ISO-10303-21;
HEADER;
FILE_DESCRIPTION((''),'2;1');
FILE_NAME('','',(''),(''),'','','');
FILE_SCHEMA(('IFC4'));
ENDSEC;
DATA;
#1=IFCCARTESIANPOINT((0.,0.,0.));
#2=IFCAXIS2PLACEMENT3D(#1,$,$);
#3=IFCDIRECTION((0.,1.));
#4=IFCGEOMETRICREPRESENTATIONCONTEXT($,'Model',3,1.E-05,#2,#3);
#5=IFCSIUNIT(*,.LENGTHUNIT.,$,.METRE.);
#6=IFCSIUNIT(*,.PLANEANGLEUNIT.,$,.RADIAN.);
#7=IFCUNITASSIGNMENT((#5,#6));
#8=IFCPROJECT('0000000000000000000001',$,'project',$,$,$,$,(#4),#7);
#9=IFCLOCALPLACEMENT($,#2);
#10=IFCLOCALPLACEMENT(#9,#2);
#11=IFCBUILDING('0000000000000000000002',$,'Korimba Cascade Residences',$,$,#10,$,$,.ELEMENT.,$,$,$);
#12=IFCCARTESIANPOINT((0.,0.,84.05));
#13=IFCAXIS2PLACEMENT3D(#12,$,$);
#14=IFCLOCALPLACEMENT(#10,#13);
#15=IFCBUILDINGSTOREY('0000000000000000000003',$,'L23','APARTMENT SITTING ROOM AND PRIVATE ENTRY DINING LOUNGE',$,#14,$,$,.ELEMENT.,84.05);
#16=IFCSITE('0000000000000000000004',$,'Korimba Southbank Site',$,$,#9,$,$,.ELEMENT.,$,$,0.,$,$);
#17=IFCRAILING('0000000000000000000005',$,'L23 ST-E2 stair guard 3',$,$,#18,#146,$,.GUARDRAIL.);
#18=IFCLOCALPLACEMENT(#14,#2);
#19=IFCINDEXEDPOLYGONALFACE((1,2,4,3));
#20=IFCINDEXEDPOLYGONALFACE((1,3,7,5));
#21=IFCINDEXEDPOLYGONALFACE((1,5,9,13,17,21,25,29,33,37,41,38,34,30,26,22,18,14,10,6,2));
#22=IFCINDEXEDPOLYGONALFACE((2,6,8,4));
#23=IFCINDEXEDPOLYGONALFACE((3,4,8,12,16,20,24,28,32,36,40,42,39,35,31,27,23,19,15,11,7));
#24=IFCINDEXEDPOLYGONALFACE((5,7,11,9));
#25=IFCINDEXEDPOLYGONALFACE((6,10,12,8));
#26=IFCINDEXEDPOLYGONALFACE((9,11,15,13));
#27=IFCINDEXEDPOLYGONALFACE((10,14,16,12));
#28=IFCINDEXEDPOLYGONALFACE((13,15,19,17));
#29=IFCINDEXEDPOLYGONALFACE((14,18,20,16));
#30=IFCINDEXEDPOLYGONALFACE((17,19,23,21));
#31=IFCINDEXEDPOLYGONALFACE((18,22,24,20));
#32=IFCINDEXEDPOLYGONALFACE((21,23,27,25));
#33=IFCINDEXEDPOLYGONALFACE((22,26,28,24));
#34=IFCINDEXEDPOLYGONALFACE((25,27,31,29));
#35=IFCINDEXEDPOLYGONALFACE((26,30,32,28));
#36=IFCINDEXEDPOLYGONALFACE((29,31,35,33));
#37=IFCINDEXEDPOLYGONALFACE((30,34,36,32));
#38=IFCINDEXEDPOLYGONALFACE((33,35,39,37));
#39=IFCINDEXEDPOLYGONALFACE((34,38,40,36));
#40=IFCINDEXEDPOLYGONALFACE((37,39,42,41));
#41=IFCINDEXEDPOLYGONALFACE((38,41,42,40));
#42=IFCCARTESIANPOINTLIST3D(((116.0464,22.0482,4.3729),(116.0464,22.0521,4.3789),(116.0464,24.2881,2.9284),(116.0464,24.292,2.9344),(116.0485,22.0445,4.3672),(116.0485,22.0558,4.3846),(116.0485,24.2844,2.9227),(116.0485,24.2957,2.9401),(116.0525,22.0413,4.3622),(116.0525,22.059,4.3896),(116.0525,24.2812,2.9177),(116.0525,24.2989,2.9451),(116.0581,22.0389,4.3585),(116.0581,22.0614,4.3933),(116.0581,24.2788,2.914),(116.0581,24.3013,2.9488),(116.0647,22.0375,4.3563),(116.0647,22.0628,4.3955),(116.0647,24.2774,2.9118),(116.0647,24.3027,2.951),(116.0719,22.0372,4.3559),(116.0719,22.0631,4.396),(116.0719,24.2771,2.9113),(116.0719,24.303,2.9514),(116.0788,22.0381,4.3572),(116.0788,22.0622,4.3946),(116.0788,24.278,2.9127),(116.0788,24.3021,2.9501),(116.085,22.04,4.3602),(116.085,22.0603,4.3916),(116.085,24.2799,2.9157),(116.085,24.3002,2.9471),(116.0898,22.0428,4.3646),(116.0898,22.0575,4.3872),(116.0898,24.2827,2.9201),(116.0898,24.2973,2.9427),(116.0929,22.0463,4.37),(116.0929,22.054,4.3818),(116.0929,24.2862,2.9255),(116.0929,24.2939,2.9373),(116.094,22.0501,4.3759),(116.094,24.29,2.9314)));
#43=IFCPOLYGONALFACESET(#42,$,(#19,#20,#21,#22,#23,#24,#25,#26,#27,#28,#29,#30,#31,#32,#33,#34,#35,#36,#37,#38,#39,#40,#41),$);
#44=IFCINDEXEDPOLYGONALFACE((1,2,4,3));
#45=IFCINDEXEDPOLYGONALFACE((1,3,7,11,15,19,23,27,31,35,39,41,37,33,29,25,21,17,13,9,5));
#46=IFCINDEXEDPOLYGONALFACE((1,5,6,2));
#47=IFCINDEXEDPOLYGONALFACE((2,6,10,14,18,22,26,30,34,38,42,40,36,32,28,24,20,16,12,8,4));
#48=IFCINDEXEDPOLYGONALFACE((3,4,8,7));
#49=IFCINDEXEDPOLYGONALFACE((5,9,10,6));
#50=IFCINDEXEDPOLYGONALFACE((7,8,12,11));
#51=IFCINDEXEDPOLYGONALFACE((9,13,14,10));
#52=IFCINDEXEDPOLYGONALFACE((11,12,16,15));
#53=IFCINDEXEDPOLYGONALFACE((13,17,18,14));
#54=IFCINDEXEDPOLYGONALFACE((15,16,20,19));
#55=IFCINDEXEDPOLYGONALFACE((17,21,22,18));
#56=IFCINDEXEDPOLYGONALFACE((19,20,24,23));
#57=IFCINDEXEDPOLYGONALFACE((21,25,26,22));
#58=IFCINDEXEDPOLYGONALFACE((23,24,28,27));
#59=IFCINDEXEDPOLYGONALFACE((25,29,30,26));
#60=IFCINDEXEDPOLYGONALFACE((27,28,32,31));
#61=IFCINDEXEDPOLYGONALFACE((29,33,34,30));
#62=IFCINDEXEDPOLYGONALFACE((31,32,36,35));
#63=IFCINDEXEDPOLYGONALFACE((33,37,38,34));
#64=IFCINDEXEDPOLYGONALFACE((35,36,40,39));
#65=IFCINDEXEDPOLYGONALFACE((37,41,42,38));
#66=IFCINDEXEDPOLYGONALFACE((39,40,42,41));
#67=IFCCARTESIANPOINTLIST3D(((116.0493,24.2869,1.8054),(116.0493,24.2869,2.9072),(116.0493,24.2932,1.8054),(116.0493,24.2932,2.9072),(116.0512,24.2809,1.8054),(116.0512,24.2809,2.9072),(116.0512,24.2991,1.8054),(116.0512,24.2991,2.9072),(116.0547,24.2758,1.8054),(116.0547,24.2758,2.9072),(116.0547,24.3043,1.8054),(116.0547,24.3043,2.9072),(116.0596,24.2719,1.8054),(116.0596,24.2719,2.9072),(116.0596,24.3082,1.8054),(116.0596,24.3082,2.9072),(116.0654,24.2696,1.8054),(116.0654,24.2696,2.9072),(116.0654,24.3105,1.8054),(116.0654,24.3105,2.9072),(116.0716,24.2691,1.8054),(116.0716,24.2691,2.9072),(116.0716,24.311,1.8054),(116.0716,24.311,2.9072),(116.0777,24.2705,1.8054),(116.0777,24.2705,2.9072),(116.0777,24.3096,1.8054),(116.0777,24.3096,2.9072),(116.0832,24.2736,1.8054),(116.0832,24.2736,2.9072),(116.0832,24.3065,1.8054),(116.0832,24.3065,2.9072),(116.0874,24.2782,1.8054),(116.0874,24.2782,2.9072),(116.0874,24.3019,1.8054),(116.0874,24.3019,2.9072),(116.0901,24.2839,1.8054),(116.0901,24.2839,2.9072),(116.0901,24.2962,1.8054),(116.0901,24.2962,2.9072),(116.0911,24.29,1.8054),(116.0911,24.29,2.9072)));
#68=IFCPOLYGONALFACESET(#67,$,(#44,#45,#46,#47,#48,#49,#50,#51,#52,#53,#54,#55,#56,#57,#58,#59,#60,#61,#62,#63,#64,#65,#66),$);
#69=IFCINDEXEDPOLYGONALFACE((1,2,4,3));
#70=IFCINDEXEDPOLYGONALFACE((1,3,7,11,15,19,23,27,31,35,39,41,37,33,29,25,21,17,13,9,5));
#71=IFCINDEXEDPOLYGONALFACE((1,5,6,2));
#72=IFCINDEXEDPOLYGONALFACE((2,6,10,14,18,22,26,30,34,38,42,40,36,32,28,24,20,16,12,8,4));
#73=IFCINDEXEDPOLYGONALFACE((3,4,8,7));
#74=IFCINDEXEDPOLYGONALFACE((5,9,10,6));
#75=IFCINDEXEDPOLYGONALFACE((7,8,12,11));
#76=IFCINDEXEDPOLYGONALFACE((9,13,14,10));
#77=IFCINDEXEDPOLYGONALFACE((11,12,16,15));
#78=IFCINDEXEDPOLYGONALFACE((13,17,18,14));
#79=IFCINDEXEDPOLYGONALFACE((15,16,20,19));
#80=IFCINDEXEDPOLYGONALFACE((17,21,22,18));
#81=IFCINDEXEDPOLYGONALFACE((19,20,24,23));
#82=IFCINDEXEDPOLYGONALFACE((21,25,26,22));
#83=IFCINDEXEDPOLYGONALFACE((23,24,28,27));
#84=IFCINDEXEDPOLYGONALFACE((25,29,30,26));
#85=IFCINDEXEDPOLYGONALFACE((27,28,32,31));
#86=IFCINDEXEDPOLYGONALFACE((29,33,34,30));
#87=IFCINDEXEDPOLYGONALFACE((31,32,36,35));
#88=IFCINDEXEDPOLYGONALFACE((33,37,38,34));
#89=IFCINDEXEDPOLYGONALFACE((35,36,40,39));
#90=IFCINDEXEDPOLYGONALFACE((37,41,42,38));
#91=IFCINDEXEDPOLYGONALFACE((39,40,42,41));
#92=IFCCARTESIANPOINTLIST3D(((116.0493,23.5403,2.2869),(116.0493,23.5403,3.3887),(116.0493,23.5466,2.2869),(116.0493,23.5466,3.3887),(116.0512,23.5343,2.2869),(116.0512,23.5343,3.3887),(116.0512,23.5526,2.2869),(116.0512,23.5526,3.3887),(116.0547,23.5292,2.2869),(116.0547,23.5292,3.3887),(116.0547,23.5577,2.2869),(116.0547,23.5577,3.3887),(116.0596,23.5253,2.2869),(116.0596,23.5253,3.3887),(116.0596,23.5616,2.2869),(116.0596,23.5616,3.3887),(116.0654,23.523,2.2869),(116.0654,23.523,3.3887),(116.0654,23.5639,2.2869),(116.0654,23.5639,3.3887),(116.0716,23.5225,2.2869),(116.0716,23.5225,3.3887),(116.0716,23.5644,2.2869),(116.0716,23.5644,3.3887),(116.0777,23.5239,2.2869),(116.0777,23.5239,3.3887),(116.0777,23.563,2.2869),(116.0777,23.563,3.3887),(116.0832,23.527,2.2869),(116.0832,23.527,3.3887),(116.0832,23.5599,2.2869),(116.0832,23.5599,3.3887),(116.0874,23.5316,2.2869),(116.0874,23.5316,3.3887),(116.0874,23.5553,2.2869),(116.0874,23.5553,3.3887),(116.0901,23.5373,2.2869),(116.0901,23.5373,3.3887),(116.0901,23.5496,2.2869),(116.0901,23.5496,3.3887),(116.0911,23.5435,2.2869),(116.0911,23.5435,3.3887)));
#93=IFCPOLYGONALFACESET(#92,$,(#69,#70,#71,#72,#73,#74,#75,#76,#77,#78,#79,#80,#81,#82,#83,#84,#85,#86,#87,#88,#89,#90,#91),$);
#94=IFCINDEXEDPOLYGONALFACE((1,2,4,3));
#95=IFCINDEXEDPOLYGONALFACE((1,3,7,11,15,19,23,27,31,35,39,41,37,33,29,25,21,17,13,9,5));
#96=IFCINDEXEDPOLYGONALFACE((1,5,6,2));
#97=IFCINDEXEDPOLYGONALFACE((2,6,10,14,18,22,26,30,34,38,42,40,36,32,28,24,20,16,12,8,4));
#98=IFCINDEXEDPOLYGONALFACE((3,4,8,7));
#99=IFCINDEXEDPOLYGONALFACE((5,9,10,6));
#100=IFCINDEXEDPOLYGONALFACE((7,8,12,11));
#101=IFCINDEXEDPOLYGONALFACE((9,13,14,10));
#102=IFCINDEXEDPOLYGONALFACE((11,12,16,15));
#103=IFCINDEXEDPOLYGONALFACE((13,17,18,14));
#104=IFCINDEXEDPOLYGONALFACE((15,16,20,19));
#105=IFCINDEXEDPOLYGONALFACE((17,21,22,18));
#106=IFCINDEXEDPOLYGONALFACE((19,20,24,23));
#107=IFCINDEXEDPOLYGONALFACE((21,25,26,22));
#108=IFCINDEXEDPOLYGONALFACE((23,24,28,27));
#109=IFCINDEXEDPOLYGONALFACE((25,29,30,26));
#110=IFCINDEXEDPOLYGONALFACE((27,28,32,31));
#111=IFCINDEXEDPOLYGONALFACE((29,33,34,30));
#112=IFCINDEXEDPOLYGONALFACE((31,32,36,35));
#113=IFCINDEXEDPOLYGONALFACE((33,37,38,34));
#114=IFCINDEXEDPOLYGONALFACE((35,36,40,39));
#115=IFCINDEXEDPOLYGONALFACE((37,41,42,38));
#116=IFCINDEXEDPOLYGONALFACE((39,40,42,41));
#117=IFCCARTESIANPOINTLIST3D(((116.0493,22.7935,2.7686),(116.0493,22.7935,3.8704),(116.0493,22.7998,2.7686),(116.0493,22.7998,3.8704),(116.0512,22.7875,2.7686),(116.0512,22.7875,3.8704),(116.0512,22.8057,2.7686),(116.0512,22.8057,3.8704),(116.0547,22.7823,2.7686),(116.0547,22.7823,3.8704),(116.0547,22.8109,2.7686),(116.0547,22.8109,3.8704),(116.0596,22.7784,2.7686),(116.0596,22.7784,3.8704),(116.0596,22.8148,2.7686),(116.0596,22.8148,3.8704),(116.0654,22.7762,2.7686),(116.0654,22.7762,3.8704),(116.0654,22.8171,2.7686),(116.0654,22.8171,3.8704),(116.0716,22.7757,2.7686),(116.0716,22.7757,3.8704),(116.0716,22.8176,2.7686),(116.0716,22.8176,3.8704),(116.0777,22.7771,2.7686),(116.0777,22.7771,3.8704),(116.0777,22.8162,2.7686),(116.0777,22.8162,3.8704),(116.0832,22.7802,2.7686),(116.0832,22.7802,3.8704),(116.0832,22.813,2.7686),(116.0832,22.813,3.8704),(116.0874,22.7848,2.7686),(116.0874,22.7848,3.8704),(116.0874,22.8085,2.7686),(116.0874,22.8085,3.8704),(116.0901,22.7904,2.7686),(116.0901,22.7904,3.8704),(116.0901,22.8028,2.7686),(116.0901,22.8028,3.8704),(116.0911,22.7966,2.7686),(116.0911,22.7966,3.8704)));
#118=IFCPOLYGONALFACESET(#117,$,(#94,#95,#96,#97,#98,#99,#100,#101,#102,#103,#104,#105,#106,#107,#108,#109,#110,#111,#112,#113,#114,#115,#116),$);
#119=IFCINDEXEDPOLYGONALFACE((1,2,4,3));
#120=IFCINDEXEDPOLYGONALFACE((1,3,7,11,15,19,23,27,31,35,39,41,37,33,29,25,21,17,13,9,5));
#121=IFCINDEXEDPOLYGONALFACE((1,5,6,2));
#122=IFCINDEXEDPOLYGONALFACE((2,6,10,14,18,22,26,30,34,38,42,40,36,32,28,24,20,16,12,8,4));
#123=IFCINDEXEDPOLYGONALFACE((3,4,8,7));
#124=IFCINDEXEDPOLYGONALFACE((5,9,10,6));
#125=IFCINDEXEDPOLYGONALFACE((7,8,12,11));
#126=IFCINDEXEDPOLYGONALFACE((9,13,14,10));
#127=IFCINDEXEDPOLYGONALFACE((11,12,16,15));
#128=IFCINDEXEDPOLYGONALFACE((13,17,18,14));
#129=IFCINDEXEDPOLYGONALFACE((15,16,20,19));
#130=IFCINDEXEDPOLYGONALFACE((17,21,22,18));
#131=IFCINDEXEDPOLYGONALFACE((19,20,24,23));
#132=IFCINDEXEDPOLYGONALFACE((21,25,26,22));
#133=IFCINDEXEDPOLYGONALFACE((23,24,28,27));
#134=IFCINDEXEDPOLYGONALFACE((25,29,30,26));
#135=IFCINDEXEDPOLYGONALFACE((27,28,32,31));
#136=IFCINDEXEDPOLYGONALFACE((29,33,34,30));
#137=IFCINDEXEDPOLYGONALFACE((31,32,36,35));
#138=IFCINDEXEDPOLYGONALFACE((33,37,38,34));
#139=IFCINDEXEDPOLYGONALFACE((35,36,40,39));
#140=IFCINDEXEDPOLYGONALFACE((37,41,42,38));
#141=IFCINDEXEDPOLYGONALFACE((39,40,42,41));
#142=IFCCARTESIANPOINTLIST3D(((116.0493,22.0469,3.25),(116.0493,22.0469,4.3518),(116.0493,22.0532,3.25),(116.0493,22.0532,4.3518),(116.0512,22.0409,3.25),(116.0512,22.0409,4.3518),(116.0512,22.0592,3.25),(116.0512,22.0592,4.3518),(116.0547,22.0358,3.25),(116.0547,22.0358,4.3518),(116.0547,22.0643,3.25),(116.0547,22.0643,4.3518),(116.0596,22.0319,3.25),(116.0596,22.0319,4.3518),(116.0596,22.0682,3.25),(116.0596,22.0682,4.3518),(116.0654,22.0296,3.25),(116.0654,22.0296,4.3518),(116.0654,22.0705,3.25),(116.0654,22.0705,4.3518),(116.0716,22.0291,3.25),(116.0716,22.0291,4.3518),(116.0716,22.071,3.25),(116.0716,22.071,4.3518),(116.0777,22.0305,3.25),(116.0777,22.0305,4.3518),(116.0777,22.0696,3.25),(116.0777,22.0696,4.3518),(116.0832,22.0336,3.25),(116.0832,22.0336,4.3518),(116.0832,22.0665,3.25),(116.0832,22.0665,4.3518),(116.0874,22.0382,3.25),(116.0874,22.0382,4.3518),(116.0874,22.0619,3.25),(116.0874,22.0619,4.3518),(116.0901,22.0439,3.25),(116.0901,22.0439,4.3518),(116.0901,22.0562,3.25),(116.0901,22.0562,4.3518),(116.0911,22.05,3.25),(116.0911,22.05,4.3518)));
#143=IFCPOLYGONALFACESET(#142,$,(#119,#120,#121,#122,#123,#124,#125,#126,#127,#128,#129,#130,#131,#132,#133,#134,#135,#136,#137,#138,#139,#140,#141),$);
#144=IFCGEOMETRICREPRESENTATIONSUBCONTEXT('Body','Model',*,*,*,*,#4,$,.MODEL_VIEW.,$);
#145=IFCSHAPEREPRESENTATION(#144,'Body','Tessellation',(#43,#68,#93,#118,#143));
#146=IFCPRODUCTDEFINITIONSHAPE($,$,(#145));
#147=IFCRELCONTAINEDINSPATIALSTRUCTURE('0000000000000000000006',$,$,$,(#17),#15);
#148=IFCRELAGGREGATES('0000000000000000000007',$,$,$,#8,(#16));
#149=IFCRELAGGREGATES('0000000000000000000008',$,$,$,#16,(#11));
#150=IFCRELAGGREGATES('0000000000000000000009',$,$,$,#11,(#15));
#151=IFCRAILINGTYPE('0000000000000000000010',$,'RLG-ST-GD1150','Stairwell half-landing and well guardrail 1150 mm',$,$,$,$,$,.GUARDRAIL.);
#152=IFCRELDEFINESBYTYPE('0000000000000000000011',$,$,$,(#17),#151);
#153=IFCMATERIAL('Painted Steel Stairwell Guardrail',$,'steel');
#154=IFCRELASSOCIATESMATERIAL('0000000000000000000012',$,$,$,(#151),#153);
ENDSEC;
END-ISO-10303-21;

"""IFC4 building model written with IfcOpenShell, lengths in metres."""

from ifc_helpers import new_model, si_unit, direction, frame, origin, origin_2d, place, context, subcontext, project, spatial, circle, extrude, material, type_object, element, save


model = new_model("IFC4")

# Units and contexts
model_context = context("Model", 3, precision=1e-05, world=origin(), true_north=direction((0.0, 1.0)))
body_context = subcontext(model_context, "Body", "Model", "MODEL_VIEW")
ifc_project = project(units=[si_unit("LENGTHUNIT", "METRE"), si_unit("PLANEANGLEUNIT", "RADIAN")], contexts=[model_context])

# Site, building, storey
site_placement = place(None, origin())
site = spatial("IfcSite", under=ifc_project, at=site_placement, Name="Korimba Southbank Site", CompositionType="ELEMENT", RefElevation=0.0)
building_placement = place(site_placement, origin())
building = spatial("IfcBuilding", under=site, at=building_placement, Name="Korimba Cascade Residences", CompositionType="ELEMENT")
storey_placement = place(building_placement, frame((0.0, 0.0, 84.05)))
storey = spatial("IfcBuildingStorey", under=building, at=storey_placement, Name="L23", Description="APARTMENT SITTING ROOM AND PRIVATE ENTRY DINING LOUNGE", CompositionType="ELEMENT", Elevation=84.05)

# Railing
ifc_material_1 = material(Name="Painted Steel Stairwell Guardrail", Category="steel")
railing_type_1 = type_object("IfcRailingType", Name="RLG-ST-GD1150", Description="Stairwell half-landing and well guardrail 1150 mm", PredefinedType="GUARDRAIL", material=ifc_material_1)
railing_1_placement = place(storey_placement, frame((116.0701, 24.29, 1.8054)))
element("IfcRailing", 1, at=railing_1_placement, inside=storey, type_object=railing_type_1, Name="L23 ST-E2 stair guard 3", PredefinedType="GUARDRAIL", context=body_context, shape_type="SweptSolid", body=[
    extrude(circle(Radius=0.0239, at=origin_2d()), frame((0.0, 0.0, 1.126), z_axis=(0.0, -0.840395, 0.541975), x_axis=(1.0, 0.0, 0.0)), (0.0, 0.0, 1.0), 2.6653),
    extrude(circle(Radius=0.021, at=origin_2d()), origin(), (0.0, 0.0, 1.0), 1.1018),
    extrude(circle(Radius=0.021, at=origin_2d()), frame((0.0, -0.7466, 0.4814)), (0.0, 0.0, 1.0), 1.1018),
    extrude(circle(Radius=0.021, at=origin_2d()), frame((0.0, -1.4934, 0.9631)), (0.0, 0.0, 1.0), 1.1018),
    extrude(circle(Radius=0.021, at=origin_2d()), frame((0.0, -2.24, 1.4446)), (0.0, 0.0, 1.0), 1.1018),
])

save(model, "model.ifc")
